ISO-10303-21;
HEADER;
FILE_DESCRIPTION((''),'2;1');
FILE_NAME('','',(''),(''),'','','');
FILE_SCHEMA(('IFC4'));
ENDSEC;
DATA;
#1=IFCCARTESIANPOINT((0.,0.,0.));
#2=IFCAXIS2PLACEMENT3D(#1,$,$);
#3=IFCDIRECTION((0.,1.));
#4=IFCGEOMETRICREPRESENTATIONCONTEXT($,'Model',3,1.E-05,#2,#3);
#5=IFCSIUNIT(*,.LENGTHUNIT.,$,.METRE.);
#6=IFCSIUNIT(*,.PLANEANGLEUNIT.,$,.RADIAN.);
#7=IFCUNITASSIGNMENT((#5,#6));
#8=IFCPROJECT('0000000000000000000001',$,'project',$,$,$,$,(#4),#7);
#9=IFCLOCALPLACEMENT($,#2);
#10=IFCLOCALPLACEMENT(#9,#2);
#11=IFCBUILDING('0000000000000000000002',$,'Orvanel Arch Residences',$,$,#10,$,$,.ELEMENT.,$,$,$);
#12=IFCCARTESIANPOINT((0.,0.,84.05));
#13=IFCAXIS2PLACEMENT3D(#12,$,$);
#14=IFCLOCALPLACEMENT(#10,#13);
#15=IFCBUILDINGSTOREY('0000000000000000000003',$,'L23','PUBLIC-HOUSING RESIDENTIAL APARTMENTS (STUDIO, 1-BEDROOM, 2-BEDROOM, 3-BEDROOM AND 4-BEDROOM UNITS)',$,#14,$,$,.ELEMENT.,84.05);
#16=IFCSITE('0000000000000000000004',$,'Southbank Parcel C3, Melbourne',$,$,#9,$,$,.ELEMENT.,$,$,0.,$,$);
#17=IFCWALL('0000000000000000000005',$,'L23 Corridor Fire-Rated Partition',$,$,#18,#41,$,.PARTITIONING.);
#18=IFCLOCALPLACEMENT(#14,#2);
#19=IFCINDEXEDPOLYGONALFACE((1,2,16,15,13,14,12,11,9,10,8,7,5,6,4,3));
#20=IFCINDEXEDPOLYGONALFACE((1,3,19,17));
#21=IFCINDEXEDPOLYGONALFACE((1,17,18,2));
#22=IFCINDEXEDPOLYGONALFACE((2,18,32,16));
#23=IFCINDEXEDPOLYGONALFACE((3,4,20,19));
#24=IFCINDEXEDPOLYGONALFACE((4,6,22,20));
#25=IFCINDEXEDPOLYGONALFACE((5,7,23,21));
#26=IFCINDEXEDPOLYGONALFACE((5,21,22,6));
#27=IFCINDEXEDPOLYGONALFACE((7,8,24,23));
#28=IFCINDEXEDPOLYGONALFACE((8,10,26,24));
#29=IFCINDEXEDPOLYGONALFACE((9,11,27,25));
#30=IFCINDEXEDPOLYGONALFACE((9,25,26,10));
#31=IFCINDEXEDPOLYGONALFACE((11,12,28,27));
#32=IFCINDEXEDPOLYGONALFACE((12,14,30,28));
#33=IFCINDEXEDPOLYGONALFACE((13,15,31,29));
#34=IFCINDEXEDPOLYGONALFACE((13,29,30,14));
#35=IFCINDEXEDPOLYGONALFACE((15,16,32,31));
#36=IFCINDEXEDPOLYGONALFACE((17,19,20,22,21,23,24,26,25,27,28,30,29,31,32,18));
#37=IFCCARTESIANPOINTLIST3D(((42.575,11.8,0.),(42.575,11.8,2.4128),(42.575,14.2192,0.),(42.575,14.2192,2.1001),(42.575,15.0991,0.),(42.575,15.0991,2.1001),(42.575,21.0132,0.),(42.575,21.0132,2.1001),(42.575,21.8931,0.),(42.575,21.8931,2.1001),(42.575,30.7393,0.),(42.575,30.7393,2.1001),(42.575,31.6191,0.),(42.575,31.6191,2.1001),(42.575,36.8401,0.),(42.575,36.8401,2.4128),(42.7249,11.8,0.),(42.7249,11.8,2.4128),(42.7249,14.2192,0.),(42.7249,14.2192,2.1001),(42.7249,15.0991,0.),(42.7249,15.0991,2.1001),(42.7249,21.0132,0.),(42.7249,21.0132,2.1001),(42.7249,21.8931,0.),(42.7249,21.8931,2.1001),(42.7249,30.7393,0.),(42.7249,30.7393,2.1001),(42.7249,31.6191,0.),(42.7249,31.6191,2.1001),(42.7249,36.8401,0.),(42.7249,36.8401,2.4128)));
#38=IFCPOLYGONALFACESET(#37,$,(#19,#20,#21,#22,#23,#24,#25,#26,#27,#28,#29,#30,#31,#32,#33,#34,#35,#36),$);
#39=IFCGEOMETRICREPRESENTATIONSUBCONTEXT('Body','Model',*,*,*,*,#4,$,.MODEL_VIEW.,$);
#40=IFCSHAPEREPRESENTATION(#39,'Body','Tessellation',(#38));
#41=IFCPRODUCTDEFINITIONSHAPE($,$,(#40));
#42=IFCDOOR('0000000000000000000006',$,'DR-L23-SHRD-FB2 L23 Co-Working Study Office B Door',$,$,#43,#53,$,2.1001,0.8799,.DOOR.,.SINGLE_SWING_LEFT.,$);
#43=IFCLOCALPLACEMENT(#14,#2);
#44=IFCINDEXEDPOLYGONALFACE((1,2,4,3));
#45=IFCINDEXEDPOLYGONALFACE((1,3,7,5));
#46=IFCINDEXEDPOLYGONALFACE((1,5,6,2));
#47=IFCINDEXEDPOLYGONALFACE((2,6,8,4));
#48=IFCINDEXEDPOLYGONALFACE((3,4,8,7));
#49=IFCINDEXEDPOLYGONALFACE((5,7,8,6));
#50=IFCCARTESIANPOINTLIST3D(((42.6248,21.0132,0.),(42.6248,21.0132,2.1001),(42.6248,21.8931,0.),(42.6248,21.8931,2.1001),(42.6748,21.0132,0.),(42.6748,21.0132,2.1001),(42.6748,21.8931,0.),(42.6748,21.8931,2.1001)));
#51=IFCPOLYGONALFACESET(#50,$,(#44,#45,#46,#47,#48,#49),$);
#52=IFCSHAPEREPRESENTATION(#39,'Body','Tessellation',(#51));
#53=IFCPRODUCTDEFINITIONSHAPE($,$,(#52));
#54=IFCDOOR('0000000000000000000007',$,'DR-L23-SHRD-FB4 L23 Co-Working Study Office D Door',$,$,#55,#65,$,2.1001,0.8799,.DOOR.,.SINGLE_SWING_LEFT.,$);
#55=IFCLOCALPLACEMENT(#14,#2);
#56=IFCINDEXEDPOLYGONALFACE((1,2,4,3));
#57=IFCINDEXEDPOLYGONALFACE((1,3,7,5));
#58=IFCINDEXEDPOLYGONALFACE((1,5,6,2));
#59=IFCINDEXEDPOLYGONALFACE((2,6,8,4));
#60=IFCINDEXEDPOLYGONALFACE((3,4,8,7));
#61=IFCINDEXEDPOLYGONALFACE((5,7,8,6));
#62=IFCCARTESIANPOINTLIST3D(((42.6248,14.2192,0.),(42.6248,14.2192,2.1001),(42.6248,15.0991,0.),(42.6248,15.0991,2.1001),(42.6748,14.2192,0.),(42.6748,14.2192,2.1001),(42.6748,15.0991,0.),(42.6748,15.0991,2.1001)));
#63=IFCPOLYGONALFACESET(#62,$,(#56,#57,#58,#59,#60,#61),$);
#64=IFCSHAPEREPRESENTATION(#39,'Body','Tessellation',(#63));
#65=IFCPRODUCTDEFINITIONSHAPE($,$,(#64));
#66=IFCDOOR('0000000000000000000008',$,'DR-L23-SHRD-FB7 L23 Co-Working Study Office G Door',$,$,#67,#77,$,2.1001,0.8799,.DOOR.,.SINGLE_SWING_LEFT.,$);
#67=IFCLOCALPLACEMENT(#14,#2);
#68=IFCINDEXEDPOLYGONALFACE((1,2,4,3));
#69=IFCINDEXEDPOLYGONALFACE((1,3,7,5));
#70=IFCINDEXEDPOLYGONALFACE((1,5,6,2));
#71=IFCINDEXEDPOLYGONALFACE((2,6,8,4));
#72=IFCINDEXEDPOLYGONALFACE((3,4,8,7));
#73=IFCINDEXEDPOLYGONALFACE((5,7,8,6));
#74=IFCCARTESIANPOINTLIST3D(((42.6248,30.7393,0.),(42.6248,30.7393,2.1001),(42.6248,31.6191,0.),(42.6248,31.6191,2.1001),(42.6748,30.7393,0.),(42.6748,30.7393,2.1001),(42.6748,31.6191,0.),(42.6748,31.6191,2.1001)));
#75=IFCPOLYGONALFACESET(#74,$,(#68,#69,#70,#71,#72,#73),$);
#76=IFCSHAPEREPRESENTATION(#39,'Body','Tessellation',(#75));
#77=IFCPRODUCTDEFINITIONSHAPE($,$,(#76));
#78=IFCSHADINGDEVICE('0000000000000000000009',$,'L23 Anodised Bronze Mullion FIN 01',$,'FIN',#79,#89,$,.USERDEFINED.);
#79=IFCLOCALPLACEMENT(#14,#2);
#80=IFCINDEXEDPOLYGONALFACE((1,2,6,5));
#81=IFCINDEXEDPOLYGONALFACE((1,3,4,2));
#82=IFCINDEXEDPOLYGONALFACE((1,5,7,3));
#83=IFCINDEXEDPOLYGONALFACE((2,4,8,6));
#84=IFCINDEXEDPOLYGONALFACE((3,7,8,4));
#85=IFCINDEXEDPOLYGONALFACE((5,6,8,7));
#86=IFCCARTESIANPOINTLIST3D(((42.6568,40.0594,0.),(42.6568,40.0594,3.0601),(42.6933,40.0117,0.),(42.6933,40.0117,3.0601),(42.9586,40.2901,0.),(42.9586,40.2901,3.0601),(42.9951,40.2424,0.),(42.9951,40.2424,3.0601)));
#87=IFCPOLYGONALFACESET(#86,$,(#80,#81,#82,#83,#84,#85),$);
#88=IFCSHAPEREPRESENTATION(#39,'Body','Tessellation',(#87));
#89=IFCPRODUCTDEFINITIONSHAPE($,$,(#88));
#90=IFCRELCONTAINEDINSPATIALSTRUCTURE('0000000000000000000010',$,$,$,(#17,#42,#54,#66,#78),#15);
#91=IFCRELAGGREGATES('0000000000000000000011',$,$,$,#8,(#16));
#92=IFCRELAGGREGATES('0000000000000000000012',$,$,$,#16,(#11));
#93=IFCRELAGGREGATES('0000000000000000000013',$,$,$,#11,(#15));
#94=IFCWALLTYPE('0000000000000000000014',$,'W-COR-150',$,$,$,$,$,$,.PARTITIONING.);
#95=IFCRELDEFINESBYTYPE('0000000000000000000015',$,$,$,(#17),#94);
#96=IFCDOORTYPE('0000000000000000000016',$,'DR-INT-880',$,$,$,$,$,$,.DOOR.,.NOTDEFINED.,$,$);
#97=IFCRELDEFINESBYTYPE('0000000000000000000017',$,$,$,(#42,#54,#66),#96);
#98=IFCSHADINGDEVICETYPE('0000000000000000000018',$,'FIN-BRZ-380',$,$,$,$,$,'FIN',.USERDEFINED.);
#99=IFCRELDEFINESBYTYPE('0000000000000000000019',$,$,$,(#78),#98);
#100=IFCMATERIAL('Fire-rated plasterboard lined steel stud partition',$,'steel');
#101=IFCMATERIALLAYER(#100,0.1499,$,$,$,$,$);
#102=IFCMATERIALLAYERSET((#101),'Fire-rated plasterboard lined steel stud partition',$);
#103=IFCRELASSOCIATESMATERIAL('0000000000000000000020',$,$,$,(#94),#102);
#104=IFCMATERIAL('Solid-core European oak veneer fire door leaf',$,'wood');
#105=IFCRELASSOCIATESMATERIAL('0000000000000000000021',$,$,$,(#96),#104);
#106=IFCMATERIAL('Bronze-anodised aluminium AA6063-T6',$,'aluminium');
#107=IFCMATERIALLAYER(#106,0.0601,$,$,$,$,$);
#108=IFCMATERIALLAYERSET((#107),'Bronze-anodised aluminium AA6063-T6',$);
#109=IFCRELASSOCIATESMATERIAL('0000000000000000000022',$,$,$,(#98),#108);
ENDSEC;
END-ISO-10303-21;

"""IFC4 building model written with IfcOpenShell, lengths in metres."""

from ifc_helpers import new_model, si_unit, direction, frame, frame_2d, origin, origin_2d, place, context, subcontext, project, spatial, rectangle, extrude, material, layer, layer_set, type_object, element, fill, save


model = new_model("IFC4")

# Units and contexts
model_context = context("Model", 3, precision=1e-05, world=origin(), true_north=direction((0.0, 1.0)))
body_context = subcontext(model_context, "Body", "Model", "MODEL_VIEW")
ifc_project = project(units=[si_unit("LENGTHUNIT", "METRE"), si_unit("PLANEANGLEUNIT", "RADIAN")], contexts=[model_context])

# Site, building, storey
site_placement = place(None, origin())
site = spatial("IfcSite", under=ifc_project, at=site_placement, Name="Southbank Parcel C3, Melbourne", CompositionType="ELEMENT", RefElevation=0.0)
building_placement = place(site_placement, origin())
building = spatial("IfcBuilding", under=site, at=building_placement, Name="Orvanel Arch Residences", CompositionType="ELEMENT")
storey_placement = place(building_placement, frame((0.0, 0.0, 84.05)))
storey = spatial("IfcBuildingStorey", under=building, at=storey_placement, Name="L23", Description="PUBLIC-HOUSING RESIDENTIAL APARTMENTS (STUDIO, 1-BEDROOM, 2-BEDROOM, 3-BEDROOM AND 4-BEDROOM UNITS)", CompositionType="ELEMENT", Elevation=84.05)

# Shared definitions
ifc_material_1 = material(Name="Bronze-anodised aluminium AA6063-T6", Category="aluminium")

# Shared definitions
ifc_material_2 = material(Name="Fire-rated plasterboard lined steel stud partition", Category="steel")
ifc_layer_1 = layer(ifc_material_2, 0.1499)
ifc_layer_set_1 = layer_set([ifc_layer_1], Name="Fire-rated plasterboard lined steel stud partition")
wall_type_1 = type_object("IfcWallType", Name="W-COR-150", PredefinedType="PARTITIONING", material=ifc_layer_set_1)

# Wall, openings, doors
wall_1_placement = place(storey_placement, frame((42.6499, 36.8401, 0.0), z_axis=(0.0, 0.0, 1.0), x_axis=(0.0, -1.0, 0.0)))
wall_1 = element("IfcWall", 1, at=wall_1_placement, inside=storey, type_object=wall_type_1, Name="L23 Corridor Fire-Rated Partition", PredefinedType="PARTITIONING", context=body_context, shape_type="SweptSolid", body=[
    extrude(rectangle(XDim=25.04, YDim=0.1499, at=frame_2d((12.52, 0.0))), origin(), (0.0, 0.0, 1.0), 2.4128),
])
opening_1_placement = place(wall_1_placement, frame((14.947, 0.0, 0.0)))
opening_1 = element("IfcOpeningElement", 2, at=opening_1_placement, cuts=wall_1, PredefinedType="OPENING", context=body_context, shape_type="SweptSolid", body=[
    extrude(rectangle(XDim=0.8799, YDim=2.1001, at=frame_2d((0.4399, 1.05))), frame((0.0, 0.085, 0.0), z_axis=(0.0, -1.0, 0.0), x_axis=(1.0, 0.0, 0.0)), (0.0, 0.0, 1.0), 0.1699),
])
opening_2_placement = place(wall_1_placement, frame((21.741, 0.0, 0.0)))
opening_2 = element("IfcOpeningElement", 3, at=opening_2_placement, cuts=wall_1, PredefinedType="OPENING", context=body_context, shape_type="SweptSolid", body=[
    extrude(rectangle(XDim=0.8799, YDim=2.1001, at=frame_2d((0.4399, 1.05))), frame((0.0, 0.085, 0.0), z_axis=(0.0, -1.0, 0.0), x_axis=(1.0, 0.0, 0.0)), (0.0, 0.0, 1.0), 0.1699),
])
opening_3_placement = place(wall_1_placement, frame((5.2209, 0.0, 0.0)))
opening_3 = element("IfcOpeningElement", 4, at=opening_3_placement, cuts=wall_1, PredefinedType="OPENING", context=body_context, shape_type="SweptSolid", body=[
    extrude(rectangle(XDim=0.8799, YDim=2.1001, at=frame_2d((0.4399, 1.05))), frame((0.0, 0.085, 0.0), z_axis=(0.0, -1.0, 0.0), x_axis=(1.0, 0.0, 0.0)), (0.0, 0.0, 1.0), 0.1699),
])
ifc_material_3 = material(Name="Solid-core European oak veneer fire door leaf", Category="wood")
door_type_1 = type_object("IfcDoorType", Name="DR-INT-880", OperationType="NOTDEFINED", PredefinedType="DOOR", material=ifc_material_3)
door_1_placement = place(opening_1_placement, origin())
door_1 = element("IfcDoor", 5, at=door_1_placement, inside=storey, type_object=door_type_1, Name="DR-L23-SHRD-FB2 L23 Co-Working Study Office B Door", OperationType="SINGLE_SWING_LEFT", OverallHeight=2.1001, OverallWidth=0.8799, PredefinedType="DOOR", context=body_context, shape_type="SweptSolid", body=[
    extrude(rectangle(XDim=0.8799, YDim=2.1001, at=frame_2d((0.4399, 1.05))), frame((0.0, 0.0249, 0.0), z_axis=(0.0, -1.0, 0.0), x_axis=(1.0, 0.0, 0.0)), (0.0, 0.0, 1.0), 0.05),
])
fill(opening_1, door_1)
door_2_placement = place(opening_2_placement, origin())
door_2 = element("IfcDoor", 6, at=door_2_placement, inside=storey, type_object=door_type_1, Name="DR-L23-SHRD-FB4 L23 Co-Working Study Office D Door", OperationType="SINGLE_SWING_LEFT", OverallHeight=2.1001, OverallWidth=0.8799, PredefinedType="DOOR", context=body_context, shape_type="SweptSolid", body=[
    extrude(rectangle(XDim=0.8799, YDim=2.1001, at=frame_2d((0.4399, 1.05))), frame((0.0, 0.0249, 0.0), z_axis=(0.0, -1.0, 0.0), x_axis=(1.0, 0.0, 0.0)), (0.0, 0.0, 1.0), 0.05),
])
fill(opening_2, door_2)
door_3_placement = place(opening_3_placement, origin())
door_3 = element("IfcDoor", 7, at=door_3_placement, inside=storey, type_object=door_type_1, Name="DR-L23-SHRD-FB7 L23 Co-Working Study Office G Door", OperationType="SINGLE_SWING_LEFT", OverallHeight=2.1001, OverallWidth=0.8799, PredefinedType="DOOR", context=body_context, shape_type="SweptSolid", body=[
    extrude(rectangle(XDim=0.8799, YDim=2.1001, at=frame_2d((0.4399, 1.05))), frame((0.0, 0.0249, 0.0), z_axis=(0.0, -1.0, 0.0), x_axis=(1.0, 0.0, 0.0)), (0.0, 0.0, 1.0), 0.05),
])
fill(opening_3, door_3)

# Shading device
ifc_layer_2 = layer(ifc_material_1, 0.0601)
ifc_layer_set_2 = layer_set([ifc_layer_2], Name="Bronze-anodised aluminium AA6063-T6")
shading_device_type = type_object("IfcShadingDeviceType", Name="FIN-BRZ-380", ElementType="FIN", PredefinedType="USERDEFINED", material=ifc_layer_set_2)
shading_device_placement = place(storey_placement, frame((42.8259, 40.1509, 0.0), z_axis=(0.0, 0.0, 1.0), x_axis=(0.794415, 0.607376, 0.0)))
element("IfcShadingDevice", 8, at=shading_device_placement, inside=storey, type_object=shading_device_type, Name="L23 Anodised Bronze Mullion FIN 01", ObjectType="FIN", PredefinedType="USERDEFINED", context=body_context, shape_type="SweptSolid", body=[
    extrude(rectangle(XDim=0.3799, YDim=0.0601, at=origin_2d()), origin(), (0.0, 0.0, 1.0), 3.0601),
])

save(model, "model.ifc")
